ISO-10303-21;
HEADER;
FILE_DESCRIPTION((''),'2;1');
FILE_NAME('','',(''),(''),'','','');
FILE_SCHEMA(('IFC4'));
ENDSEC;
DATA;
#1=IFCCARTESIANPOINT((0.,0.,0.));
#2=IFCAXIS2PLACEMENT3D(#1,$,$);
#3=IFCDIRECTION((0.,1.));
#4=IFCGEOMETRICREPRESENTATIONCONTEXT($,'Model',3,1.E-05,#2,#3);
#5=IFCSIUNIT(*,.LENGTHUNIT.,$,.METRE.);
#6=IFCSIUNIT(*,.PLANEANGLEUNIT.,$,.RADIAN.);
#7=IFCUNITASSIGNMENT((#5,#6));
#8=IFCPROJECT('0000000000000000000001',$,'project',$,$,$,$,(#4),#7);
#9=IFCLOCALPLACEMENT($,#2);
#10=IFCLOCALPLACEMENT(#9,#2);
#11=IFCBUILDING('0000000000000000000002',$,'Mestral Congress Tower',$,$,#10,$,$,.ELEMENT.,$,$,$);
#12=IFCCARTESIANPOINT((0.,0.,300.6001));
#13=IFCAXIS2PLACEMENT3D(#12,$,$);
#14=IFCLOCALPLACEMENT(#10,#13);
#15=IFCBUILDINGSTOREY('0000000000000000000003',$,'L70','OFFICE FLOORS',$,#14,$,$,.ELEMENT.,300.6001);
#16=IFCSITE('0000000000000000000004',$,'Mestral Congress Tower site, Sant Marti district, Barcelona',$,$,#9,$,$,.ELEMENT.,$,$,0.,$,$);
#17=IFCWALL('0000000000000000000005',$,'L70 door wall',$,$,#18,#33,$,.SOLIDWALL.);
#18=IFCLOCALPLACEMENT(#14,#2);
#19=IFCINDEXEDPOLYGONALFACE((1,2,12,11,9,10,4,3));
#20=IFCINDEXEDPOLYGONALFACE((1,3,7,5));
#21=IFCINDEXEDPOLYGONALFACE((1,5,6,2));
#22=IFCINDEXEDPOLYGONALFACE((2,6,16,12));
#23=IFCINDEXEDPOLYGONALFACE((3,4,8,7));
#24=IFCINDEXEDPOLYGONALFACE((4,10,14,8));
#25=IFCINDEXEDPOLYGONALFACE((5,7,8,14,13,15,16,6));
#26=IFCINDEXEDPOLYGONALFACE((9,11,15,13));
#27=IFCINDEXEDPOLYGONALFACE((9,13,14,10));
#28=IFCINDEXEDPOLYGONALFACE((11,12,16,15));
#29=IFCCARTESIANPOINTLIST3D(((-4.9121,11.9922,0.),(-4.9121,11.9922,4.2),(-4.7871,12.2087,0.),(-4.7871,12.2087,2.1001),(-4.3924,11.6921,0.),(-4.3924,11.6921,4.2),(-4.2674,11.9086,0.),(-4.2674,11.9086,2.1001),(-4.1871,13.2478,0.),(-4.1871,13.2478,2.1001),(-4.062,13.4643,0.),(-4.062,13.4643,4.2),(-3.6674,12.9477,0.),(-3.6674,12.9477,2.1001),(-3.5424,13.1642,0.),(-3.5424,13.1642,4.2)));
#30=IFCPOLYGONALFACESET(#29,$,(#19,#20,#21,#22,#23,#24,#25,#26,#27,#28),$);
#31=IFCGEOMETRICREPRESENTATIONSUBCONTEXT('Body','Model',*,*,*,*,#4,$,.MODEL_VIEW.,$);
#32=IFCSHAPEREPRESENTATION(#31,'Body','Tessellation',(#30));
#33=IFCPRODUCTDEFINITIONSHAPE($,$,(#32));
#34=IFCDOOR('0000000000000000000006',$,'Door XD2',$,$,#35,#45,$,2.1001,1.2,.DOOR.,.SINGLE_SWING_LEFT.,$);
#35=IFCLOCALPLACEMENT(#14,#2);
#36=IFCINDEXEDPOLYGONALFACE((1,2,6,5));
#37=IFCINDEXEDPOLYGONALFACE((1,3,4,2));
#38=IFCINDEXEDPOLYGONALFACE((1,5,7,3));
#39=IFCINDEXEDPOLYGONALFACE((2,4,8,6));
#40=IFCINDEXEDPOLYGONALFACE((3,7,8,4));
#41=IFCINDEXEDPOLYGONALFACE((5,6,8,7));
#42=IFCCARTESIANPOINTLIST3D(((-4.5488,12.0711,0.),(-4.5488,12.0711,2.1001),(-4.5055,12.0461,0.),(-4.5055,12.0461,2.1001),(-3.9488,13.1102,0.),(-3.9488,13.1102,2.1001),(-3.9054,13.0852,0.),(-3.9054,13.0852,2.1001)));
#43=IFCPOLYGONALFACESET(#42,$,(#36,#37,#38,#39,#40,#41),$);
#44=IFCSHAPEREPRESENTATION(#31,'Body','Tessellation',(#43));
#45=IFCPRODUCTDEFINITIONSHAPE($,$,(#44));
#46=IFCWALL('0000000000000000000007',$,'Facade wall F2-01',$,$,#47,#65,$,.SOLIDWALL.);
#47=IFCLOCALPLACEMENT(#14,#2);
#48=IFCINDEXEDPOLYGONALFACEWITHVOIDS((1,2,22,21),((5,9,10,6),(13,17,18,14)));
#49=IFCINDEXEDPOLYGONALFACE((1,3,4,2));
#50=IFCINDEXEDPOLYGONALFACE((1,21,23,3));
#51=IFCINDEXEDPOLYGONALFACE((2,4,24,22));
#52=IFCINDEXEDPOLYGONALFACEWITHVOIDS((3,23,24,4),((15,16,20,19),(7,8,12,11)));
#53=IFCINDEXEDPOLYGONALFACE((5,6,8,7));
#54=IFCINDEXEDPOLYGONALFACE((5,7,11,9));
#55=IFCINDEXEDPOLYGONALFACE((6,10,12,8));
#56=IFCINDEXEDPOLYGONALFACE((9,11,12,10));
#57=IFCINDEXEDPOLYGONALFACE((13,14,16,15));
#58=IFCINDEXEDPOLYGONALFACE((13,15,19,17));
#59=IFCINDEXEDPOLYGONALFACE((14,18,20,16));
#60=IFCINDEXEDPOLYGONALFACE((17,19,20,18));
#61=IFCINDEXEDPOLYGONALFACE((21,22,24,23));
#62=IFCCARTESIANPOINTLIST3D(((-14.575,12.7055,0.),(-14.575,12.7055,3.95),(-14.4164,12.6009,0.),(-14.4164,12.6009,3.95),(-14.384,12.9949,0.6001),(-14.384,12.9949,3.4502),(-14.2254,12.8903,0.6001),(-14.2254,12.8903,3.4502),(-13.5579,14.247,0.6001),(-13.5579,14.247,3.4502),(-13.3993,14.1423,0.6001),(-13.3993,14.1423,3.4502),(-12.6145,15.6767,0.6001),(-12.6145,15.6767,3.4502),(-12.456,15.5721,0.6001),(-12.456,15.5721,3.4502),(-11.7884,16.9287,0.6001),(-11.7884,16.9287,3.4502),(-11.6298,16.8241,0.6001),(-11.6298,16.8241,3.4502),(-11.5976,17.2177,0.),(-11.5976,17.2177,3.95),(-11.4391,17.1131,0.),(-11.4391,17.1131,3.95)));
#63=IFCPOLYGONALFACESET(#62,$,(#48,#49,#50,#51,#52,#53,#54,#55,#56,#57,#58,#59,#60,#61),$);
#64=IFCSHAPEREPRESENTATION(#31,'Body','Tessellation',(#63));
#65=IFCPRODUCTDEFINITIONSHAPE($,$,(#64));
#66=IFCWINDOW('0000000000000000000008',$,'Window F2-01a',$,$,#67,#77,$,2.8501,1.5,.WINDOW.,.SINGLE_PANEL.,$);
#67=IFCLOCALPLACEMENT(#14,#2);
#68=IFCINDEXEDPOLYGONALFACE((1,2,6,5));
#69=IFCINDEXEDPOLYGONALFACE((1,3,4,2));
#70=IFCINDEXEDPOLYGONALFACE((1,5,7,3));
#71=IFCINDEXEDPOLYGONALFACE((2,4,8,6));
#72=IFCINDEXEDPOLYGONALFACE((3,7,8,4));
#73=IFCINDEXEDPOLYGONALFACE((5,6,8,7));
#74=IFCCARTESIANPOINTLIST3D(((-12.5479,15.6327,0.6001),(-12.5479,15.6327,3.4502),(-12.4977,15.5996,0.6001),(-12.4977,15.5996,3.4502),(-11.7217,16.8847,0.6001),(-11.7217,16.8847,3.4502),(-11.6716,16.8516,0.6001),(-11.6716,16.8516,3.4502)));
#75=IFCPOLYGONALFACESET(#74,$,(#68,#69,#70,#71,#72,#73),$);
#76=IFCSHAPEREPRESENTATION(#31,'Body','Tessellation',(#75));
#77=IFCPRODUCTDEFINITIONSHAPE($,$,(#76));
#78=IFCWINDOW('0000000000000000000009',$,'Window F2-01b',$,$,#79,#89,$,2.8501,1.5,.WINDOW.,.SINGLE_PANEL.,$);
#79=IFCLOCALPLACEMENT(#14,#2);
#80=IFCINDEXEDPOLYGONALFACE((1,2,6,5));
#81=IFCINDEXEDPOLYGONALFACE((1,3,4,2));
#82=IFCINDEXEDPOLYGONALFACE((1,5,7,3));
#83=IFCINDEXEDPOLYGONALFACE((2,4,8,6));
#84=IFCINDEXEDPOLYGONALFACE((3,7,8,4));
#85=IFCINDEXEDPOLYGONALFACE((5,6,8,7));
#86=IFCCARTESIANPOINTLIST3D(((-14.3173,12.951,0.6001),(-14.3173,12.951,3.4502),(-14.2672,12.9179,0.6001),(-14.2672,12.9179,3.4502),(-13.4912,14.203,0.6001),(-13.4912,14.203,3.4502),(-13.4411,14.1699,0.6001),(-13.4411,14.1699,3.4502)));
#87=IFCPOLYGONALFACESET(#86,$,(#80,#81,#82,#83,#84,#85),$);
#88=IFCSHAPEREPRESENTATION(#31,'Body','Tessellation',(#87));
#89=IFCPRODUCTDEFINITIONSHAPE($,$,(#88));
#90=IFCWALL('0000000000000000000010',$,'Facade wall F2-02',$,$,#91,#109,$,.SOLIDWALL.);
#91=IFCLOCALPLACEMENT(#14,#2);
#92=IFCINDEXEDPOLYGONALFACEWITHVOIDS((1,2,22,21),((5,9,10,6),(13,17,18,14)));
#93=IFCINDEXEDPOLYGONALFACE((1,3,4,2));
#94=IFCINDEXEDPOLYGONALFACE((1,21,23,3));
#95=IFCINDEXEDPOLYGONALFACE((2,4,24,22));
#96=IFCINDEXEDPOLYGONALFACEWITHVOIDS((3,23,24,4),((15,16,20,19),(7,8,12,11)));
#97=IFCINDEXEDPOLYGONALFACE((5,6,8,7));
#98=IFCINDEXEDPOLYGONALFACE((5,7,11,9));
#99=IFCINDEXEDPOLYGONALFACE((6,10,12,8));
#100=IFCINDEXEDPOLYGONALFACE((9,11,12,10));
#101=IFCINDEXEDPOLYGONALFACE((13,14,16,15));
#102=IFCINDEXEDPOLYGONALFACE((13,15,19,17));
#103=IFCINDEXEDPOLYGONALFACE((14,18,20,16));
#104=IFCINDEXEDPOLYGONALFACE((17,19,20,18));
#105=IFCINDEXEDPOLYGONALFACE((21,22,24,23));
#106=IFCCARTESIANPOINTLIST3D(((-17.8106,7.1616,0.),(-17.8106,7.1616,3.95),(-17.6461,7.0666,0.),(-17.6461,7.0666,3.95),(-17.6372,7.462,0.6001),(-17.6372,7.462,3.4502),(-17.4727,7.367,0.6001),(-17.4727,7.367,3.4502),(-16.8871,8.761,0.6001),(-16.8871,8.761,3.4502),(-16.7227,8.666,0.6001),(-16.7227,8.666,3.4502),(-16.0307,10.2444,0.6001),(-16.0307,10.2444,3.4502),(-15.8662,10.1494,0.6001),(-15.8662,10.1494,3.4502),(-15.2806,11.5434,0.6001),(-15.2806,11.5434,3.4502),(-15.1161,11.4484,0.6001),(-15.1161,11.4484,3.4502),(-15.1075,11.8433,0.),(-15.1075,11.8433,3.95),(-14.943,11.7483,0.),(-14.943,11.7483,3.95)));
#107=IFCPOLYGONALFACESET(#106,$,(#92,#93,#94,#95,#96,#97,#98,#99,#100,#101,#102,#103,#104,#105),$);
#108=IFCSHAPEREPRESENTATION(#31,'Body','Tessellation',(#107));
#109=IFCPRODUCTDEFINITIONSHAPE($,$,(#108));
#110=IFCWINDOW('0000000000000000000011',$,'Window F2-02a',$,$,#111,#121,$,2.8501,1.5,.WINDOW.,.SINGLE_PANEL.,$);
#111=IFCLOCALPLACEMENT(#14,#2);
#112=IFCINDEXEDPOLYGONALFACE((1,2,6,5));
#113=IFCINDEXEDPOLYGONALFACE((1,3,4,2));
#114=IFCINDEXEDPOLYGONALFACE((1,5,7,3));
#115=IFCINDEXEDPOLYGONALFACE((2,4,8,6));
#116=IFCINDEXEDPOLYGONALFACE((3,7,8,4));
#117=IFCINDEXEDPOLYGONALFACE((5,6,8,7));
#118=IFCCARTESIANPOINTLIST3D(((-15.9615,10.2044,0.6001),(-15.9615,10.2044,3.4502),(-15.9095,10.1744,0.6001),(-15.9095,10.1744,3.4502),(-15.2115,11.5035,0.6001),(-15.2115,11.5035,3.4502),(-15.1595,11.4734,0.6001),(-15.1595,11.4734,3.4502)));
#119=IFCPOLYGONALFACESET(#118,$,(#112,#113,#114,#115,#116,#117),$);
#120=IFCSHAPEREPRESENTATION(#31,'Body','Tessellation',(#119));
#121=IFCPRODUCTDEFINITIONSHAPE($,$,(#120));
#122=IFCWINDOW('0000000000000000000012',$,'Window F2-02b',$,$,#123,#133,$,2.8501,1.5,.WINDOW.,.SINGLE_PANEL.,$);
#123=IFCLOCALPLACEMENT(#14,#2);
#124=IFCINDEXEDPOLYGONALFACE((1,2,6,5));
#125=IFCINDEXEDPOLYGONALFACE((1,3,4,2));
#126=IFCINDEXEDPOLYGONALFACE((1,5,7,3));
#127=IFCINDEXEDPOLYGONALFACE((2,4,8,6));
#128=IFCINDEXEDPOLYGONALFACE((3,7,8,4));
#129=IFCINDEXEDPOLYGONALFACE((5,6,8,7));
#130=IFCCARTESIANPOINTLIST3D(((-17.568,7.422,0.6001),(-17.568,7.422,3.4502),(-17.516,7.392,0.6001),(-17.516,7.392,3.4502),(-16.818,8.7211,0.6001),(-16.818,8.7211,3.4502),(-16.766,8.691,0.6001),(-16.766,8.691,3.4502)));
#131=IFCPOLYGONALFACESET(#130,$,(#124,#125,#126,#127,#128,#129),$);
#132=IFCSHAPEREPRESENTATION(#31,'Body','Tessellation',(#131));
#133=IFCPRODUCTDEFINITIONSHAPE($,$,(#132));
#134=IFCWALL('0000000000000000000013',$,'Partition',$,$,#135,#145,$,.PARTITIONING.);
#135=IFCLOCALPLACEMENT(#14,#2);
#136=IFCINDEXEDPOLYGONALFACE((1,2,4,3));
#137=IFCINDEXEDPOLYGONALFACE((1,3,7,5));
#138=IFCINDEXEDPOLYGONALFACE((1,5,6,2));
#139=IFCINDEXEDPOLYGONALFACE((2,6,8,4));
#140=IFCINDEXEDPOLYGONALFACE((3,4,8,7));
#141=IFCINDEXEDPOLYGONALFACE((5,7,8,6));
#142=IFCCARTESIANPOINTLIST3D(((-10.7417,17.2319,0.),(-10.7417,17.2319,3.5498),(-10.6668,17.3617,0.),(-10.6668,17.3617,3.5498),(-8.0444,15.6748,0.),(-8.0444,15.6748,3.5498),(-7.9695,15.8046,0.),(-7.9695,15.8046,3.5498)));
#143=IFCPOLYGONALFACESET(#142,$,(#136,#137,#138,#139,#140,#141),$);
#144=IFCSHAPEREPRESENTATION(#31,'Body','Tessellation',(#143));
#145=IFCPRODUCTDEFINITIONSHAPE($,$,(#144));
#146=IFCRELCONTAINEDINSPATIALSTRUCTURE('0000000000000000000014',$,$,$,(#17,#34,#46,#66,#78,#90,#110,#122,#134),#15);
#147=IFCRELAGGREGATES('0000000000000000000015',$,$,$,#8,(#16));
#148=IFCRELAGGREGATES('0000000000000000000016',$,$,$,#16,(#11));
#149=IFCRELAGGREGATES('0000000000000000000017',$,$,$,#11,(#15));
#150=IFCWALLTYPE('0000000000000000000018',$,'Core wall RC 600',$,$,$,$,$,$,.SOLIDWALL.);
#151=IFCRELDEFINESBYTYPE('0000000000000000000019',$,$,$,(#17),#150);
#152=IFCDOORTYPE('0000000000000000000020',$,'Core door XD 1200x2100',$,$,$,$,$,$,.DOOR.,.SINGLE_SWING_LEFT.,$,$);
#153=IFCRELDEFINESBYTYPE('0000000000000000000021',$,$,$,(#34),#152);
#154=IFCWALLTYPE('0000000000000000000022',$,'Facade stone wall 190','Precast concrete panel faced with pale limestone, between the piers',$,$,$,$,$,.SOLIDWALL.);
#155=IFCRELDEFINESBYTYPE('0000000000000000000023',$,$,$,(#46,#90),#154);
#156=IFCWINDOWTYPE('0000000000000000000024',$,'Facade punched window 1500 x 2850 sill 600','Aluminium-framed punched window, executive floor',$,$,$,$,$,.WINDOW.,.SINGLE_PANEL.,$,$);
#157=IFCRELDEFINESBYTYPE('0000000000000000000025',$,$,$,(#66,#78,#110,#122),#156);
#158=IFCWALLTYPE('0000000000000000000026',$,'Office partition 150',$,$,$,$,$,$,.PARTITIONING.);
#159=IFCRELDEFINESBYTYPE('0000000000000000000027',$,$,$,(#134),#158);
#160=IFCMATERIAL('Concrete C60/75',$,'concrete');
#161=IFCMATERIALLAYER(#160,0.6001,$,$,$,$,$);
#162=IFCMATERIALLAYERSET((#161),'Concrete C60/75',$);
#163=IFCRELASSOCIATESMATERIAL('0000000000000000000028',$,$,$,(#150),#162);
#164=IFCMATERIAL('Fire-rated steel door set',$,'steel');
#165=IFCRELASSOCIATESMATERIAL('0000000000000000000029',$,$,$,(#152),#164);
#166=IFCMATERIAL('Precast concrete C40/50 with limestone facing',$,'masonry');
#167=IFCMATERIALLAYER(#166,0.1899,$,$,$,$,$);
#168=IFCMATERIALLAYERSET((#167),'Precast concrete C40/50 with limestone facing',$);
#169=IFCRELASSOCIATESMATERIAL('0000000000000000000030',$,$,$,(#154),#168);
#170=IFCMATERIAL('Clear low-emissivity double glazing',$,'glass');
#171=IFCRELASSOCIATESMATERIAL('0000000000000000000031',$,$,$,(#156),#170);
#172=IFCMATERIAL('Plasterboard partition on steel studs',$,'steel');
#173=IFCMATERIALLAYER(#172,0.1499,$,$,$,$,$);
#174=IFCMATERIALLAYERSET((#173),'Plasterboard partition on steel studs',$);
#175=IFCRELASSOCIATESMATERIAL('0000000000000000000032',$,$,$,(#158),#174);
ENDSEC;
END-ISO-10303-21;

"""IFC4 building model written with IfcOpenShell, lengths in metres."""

from ifc_helpers import new_model, si_unit, direction, frame, frame_2d, origin, place, context, subcontext, project, spatial, rectangle, extrude, material, layer, layer_set, type_object, element, fill, save


model = new_model("IFC4")

# Units and contexts
model_context = context("Model", 3, precision=1e-05, world=origin(), true_north=direction((0.0, 1.0)))
body_context = subcontext(model_context, "Body", "Model", "MODEL_VIEW")
ifc_project = project(units=[si_unit("LENGTHUNIT", "METRE"), si_unit("PLANEANGLEUNIT", "RADIAN")], contexts=[model_context])

# Site, building, storey
site_placement = place(None, origin())
site = spatial("IfcSite", under=ifc_project, at=site_placement, Name="Mestral Congress Tower site, Sant Marti district, Barcelona", CompositionType="ELEMENT", RefElevation=0.0)
building_placement = place(site_placement, origin())
building = spatial("IfcBuilding", under=site, at=building_placement, Name="Mestral Congress Tower", CompositionType="ELEMENT")
storey_placement = place(building_placement, frame((0.0, 0.0, 300.6001)))
storey = spatial("IfcBuildingStorey", under=building, at=storey_placement, Name="L70", Description="OFFICE FLOORS", CompositionType="ELEMENT", Elevation=300.6001)

# Shared definitions
ifc_material_1 = material(Name="Concrete C60/75", Category="concrete")

# Shared definitions
ifc_layer_1 = layer(ifc_material_1, 0.6001)
ifc_layer_set_1 = layer_set([ifc_layer_1], Name="Concrete C60/75")
wall_type_1 = type_object("IfcWallType", Name="Core wall RC 600", PredefinedType="SOLIDWALL", material=ifc_layer_set_1)

# Wall, opening, door
wall_1_placement = place(storey_placement, frame((-4.6523, 11.842, 0.0), z_axis=(0.0, 0.0, 1.0), x_axis=(0.500062, 0.865989, 0.0)))
wall_1 = element("IfcWall", 1, at=wall_1_placement, inside=storey, type_object=wall_type_1, Name="L70 door wall", PredefinedType="SOLIDWALL", context=body_context, shape_type="SweptSolid", body=[
    extrude(rectangle(XDim=1.7, YDim=0.6001, at=frame_2d((0.8501, 0.0))), origin(), (0.0, 0.0, 1.0), 4.2),
])
opening_1_placement = place(wall_1_placement, frame((0.25, 0.0, 0.0)))
opening_1 = element("IfcOpeningElement", 2, at=opening_1_placement, cuts=wall_1, PredefinedType="OPENING", context=body_context, shape_type="SweptSolid", body=[
    extrude(rectangle(XDim=1.2, YDim=2.1001, at=frame_2d((0.6001, 1.05))), frame((0.0, 0.3101, 0.0), z_axis=(0.0, -1.0, 0.0), x_axis=(1.0, 0.0, 0.0)), (0.0, 0.0, 1.0), 0.6201),
])
ifc_material_2 = material(Name="Fire-rated steel door set", Category="steel")
door_type_1 = type_object("IfcDoorType", Name="Core door XD 1200x2100", OperationType="SINGLE_SWING_LEFT", PredefinedType="DOOR", material=ifc_material_2)
door_1_placement = place(opening_1_placement, origin())
door_1 = element("IfcDoor", 3, at=door_1_placement, inside=storey, type_object=door_type_1, Name="Door XD2", OperationType="SINGLE_SWING_LEFT", OverallHeight=2.1001, OverallWidth=1.2, PredefinedType="DOOR", context=body_context, shape_type="SweptSolid", body=[
    extrude(rectangle(XDim=1.2, YDim=2.1001, at=frame_2d((0.6001, 1.05))), frame((0.0, 0.0249, 0.0), z_axis=(0.0, -1.0, 0.0), x_axis=(1.0, 0.0, 0.0)), (0.0, 0.0, 1.0), 0.05),
])
fill(opening_1, door_1)

# Walls, openings, windows
ifc_material_3 = material(Name="Precast concrete C40/50 with limestone facing", Category="masonry")
ifc_layer_2 = layer(ifc_material_3, 0.1899)
ifc_layer_set_2 = layer_set([ifc_layer_2], Name="Precast concrete C40/50 with limestone facing")
wall_type_2 = type_object("IfcWallType", Name="Facade stone wall 190", Description="Precast concrete panel faced with pale limestone, between the piers", PredefinedType="SOLIDWALL", material=ifc_layer_set_2)
wall_2_placement = place(storey_placement, frame((-11.5183, 17.1655, 0.0), z_axis=(0.0, 0.0, 1.0), x_axis=(-0.550744, -0.834674, 0.0)))
wall_2 = element("IfcWall", 4, at=wall_2_placement, inside=storey, type_object=wall_type_2, Name="Facade wall F2-01", PredefinedType="SOLIDWALL", context=body_context, shape_type="SweptSolid", body=[
    extrude(rectangle(XDim=5.406, YDim=0.1899, at=frame_2d((2.7031, 0.0))), origin(), (0.0, 0.0, 1.0), 3.95),
])
opening_2_placement = place(wall_2_placement, frame((0.3464, 0.0, 0.6001)))
opening_2 = element("IfcOpeningElement", 5, at=opening_2_placement, cuts=wall_2, PredefinedType="OPENING", context=body_context, shape_type="SweptSolid", body=[
    extrude(rectangle(XDim=1.5, YDim=2.8501, at=frame_2d((0.75, 1.425))), frame((0.0, 0.105, 0.0), z_axis=(0.0, -1.0, 0.0), x_axis=(1.0, 0.0, 0.0)), (0.0, 0.0, 1.0), 0.21),
])
opening_3_placement = place(wall_2_placement, frame((3.5593, 0.0, 0.6001)))
opening_3 = element("IfcOpeningElement", 6, at=opening_3_placement, cuts=wall_2, PredefinedType="OPENING", context=body_context, shape_type="SweptSolid", body=[
    extrude(rectangle(XDim=1.5, YDim=2.8501, at=frame_2d((0.75, 1.425))), frame((0.0, 0.105, 0.0), z_axis=(0.0, -1.0, 0.0), x_axis=(1.0, 0.0, 0.0)), (0.0, 0.0, 1.0), 0.21),
])
ifc_material_4 = material(Name="Clear low-emissivity double glazing", Category="glass")
window_type = type_object("IfcWindowType", Name="Facade punched window 1500 x 2850 sill 600", Description="Aluminium-framed punched window, executive floor", PartitioningType="SINGLE_PANEL", PredefinedType="WINDOW", material=ifc_material_4)
window_1_placement = place(opening_2_placement, origin())
window_1 = element("IfcWindow", 7, at=window_1_placement, inside=storey, type_object=window_type, Name="Window F2-01a", OverallHeight=2.8501, OverallWidth=1.5, PartitioningType="SINGLE_PANEL", PredefinedType="WINDOW", context=body_context, shape_type="SweptSolid", body=[
    extrude(rectangle(XDim=1.5, YDim=2.8501, at=frame_2d((0.75, 1.425))), frame((0.0, 0.0449, 0.0), z_axis=(0.0, -1.0, 0.0), x_axis=(1.0, 0.0, 0.0)), (0.0, 0.0, 1.0), 0.0601),
])
fill(opening_2, window_1)
window_2_placement = place(opening_3_placement, origin())
window_2 = element("IfcWindow", 8, at=window_2_placement, inside=storey, type_object=window_type, Name="Window F2-01b", OverallHeight=2.8501, OverallWidth=1.5, PartitioningType="SINGLE_PANEL", PredefinedType="WINDOW", context=body_context, shape_type="SweptSolid", body=[
    extrude(rectangle(XDim=1.5, YDim=2.8501, at=frame_2d((0.75, 1.425))), frame((0.0, 0.0449, 0.0), z_axis=(0.0, -1.0, 0.0), x_axis=(1.0, 0.0, 0.0)), (0.0, 0.0, 1.0), 0.0601),
])
fill(opening_3, window_2)
wall_3_placement = place(storey_placement, frame((-15.0251, 11.7959, 0.0), z_axis=(0.0, 0.0, 1.0), x_axis=(-0.500025, -0.866011, 0.0)))
wall_3 = element("IfcWall", 9, at=wall_3_placement, inside=storey, type_object=wall_type_2, Name="Facade wall F2-02", PredefinedType="SOLIDWALL", context=body_context, shape_type="SweptSolid", body=[
    extrude(rectangle(XDim=5.406, YDim=0.1899, at=frame_2d((2.7031, 0.0))), origin(), (0.0, 0.0, 1.0), 3.95),
])
opening_4_placement = place(wall_3_placement, frame((0.3464, 0.0, 0.6001)))
opening_4 = element("IfcOpeningElement", 10, at=opening_4_placement, cuts=wall_3, PredefinedType="OPENING", context=body_context, shape_type="SweptSolid", body=[
    extrude(rectangle(XDim=1.5, YDim=2.8501, at=frame_2d((0.75, 1.425))), frame((0.0, 0.105, 0.0), z_axis=(0.0, -1.0, 0.0), x_axis=(1.0, 0.0, 0.0)), (0.0, 0.0, 1.0), 0.21),
])
opening_5_placement = place(wall_3_placement, frame((3.5593, 0.0, 0.6001)))
opening_5 = element("IfcOpeningElement", 11, at=opening_5_placement, cuts=wall_3, PredefinedType="OPENING", context=body_context, shape_type="SweptSolid", body=[
    extrude(rectangle(XDim=1.5, YDim=2.8501, at=frame_2d((0.75, 1.425))), frame((0.0, 0.105, 0.0), z_axis=(0.0, -1.0, 0.0), x_axis=(1.0, 0.0, 0.0)), (0.0, 0.0, 1.0), 0.21),
])
window_3_placement = place(opening_4_placement, origin())
window_3 = element("IfcWindow", 12, at=window_3_placement, inside=storey, type_object=window_type, Name="Window F2-02a", OverallHeight=2.8501, OverallWidth=1.5, PartitioningType="SINGLE_PANEL", PredefinedType="WINDOW", context=body_context, shape_type="SweptSolid", body=[
    extrude(rectangle(XDim=1.5, YDim=2.8501, at=frame_2d((0.75, 1.425))), frame((0.0, 0.0449, 0.0), z_axis=(0.0, -1.0, 0.0), x_axis=(1.0, 0.0, 0.0)), (0.0, 0.0, 1.0), 0.0601),
])
fill(opening_4, window_3)
window_4_placement = place(opening_5_placement, origin())
window_4 = element("IfcWindow", 13, at=window_4_placement, inside=storey, type_object=window_type, Name="Window F2-02b", OverallHeight=2.8501, OverallWidth=1.5, PartitioningType="SINGLE_PANEL", PredefinedType="WINDOW", context=body_context, shape_type="SweptSolid", body=[
    extrude(rectangle(XDim=1.5, YDim=2.8501, at=frame_2d((0.75, 1.425))), frame((0.0, 0.0449, 0.0), z_axis=(0.0, -1.0, 0.0), x_axis=(1.0, 0.0, 0.0)), (0.0, 0.0, 1.0), 0.0601),
])
fill(opening_5, window_4)

# Wall
ifc_material_5 = material(Name="Plasterboard partition on steel studs", Category="steel")
ifc_layer_3 = layer(ifc_material_5, 0.1499)
ifc_layer_set_3 = layer_set([ifc_layer_3], Name="Plasterboard partition on steel studs")
wall_type_3 = type_object("IfcWallType", Name="Office partition 150", PredefinedType="PARTITIONING", material=ifc_layer_set_3)
wall_4_placement = place(storey_placement, frame((-8.0071, 15.7397, 0.0), z_axis=(0.0, 0.0, 1.0), x_axis=(-0.866045, 0.499967, 0.0)))
element("IfcWall", 14, at=wall_4_placement, inside=storey, type_object=wall_type_3, Name="Partition", PredefinedType="PARTITIONING", context=body_context, shape_type="SweptSolid", body=[
    extrude(rectangle(XDim=3.1145, YDim=0.1499, at=frame_2d((1.5571, 0.0))), origin(), (0.0, 0.0, 1.0), 3.5498),
])

save(model, "model.ifc")
